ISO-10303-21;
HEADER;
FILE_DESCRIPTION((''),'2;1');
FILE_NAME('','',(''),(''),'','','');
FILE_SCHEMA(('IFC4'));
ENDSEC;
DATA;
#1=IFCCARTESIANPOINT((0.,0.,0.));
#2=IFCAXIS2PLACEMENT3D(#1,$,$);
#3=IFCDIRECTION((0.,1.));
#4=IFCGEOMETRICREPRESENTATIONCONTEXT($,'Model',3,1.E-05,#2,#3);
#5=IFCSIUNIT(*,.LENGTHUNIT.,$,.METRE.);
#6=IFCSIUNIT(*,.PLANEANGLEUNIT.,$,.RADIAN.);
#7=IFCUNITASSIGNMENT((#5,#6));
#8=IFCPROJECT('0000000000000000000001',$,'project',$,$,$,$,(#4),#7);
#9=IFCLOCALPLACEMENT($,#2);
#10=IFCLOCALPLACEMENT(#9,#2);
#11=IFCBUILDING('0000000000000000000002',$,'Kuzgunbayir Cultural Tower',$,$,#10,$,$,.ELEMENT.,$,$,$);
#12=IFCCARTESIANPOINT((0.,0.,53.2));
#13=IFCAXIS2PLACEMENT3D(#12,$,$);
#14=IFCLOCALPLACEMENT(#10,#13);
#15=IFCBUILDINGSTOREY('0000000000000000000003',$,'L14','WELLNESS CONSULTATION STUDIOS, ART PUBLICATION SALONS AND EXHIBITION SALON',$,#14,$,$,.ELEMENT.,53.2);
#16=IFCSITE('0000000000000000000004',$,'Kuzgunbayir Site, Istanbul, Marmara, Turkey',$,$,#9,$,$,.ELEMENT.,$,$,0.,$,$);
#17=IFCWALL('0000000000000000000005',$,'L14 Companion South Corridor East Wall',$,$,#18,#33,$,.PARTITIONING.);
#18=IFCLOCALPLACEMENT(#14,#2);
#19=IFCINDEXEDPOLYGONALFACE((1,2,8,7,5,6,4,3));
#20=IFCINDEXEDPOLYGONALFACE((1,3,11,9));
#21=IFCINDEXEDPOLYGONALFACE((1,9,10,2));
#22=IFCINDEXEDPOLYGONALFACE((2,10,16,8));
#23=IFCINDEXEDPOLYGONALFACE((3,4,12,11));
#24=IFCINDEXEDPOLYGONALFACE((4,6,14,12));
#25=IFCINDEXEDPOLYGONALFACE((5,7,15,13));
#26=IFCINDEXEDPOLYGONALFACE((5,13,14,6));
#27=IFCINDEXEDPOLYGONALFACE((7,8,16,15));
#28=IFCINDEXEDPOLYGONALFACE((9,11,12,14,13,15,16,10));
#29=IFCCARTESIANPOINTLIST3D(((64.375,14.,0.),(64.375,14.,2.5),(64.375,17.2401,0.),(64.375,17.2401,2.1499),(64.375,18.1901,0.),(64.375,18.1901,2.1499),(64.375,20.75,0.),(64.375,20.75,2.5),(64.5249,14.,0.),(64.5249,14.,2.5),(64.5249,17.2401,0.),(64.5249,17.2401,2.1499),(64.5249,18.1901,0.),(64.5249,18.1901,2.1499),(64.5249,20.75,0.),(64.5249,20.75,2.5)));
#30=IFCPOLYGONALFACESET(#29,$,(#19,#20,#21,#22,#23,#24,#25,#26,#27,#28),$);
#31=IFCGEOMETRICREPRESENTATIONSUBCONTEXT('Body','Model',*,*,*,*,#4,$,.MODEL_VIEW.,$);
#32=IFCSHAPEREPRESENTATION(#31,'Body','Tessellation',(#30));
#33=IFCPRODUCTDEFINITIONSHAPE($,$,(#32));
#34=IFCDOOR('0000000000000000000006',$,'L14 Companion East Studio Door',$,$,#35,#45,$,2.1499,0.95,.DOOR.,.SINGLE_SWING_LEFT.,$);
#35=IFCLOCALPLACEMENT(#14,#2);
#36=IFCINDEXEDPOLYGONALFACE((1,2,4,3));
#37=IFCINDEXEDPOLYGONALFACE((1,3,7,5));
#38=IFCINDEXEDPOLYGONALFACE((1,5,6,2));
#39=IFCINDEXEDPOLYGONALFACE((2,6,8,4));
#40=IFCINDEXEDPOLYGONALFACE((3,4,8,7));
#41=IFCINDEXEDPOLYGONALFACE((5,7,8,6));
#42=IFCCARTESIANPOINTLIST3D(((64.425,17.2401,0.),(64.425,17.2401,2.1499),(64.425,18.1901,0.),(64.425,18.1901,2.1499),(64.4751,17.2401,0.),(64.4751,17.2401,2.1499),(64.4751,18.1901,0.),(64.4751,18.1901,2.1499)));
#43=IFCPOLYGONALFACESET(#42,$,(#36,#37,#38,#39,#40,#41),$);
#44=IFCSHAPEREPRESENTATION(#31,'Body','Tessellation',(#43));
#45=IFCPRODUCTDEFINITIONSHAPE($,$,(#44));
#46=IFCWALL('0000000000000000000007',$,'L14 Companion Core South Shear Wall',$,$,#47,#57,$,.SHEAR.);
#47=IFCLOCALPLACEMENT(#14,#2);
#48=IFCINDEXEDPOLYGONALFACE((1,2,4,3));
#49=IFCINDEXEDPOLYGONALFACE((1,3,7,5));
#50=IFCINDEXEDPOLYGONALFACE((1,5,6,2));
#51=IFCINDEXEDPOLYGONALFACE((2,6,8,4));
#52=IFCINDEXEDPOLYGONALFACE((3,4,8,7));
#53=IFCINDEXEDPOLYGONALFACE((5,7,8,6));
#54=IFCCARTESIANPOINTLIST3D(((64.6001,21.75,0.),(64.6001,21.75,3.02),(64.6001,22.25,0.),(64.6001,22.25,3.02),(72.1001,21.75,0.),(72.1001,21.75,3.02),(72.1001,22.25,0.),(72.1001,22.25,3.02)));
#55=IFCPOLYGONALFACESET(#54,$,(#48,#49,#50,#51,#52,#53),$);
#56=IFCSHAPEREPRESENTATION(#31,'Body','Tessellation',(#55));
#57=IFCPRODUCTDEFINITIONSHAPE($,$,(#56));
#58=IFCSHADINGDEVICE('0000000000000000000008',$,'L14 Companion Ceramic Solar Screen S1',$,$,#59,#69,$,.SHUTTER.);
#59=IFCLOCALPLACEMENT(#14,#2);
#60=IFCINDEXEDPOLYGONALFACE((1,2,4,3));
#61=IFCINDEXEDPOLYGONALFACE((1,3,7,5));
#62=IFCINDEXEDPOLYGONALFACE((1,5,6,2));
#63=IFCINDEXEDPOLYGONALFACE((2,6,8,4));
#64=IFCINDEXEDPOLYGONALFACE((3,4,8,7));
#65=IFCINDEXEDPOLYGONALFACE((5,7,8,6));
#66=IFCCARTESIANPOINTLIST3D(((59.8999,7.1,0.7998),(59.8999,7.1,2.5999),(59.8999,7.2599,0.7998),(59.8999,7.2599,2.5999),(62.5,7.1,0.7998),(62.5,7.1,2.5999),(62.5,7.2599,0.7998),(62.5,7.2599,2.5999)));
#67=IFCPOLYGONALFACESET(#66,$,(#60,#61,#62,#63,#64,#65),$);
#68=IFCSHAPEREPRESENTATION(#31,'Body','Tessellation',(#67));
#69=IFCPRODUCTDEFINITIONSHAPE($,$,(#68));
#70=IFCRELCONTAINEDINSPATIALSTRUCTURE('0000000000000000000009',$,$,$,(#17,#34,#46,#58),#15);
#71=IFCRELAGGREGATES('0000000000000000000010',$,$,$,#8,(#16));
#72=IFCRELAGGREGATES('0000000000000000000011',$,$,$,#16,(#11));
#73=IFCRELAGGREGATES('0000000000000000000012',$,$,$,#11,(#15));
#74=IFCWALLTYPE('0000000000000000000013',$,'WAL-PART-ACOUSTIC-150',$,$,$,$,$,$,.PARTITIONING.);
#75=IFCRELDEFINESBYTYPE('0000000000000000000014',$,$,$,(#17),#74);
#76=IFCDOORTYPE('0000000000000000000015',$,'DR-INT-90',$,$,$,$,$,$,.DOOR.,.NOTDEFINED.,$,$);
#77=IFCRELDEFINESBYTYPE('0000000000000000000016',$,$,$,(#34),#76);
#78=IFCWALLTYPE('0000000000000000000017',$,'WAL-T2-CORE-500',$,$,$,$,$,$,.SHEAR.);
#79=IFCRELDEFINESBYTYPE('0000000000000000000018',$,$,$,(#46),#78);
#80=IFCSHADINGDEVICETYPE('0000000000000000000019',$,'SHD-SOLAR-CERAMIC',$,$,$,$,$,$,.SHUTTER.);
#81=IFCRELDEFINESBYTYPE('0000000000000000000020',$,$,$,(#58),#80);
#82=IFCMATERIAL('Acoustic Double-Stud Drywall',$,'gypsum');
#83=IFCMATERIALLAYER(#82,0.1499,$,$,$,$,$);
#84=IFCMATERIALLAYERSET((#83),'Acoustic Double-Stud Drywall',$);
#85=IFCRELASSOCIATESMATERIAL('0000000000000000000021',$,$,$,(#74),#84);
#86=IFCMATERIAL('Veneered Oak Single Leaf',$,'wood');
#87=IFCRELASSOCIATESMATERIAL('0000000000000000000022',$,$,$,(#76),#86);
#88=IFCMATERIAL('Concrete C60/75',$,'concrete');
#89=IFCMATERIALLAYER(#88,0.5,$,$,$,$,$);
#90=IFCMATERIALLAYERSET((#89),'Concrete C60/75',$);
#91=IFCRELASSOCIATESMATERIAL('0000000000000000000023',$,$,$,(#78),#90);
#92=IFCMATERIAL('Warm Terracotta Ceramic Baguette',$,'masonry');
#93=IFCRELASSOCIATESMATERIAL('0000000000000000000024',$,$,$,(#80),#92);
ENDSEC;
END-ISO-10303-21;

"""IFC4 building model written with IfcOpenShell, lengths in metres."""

from ifc_helpers import new_model, si_unit, direction, frame, frame_2d, origin, origin_2d, place, context, subcontext, project, spatial, rectangle, extrude, material, layer, layer_set, type_object, element, fill, save


model = new_model("IFC4")

# Units and contexts
model_context = context("Model", 3, precision=1e-05, world=origin(), true_north=direction((0.0, 1.0)))
body_context = subcontext(model_context, "Body", "Model", "MODEL_VIEW")
ifc_project = project(units=[si_unit("LENGTHUNIT", "METRE"), si_unit("PLANEANGLEUNIT", "RADIAN")], contexts=[model_context])

# Site, building, storey
site_placement = place(None, origin())
site = spatial("IfcSite", under=ifc_project, at=site_placement, Name="Kuzgunbayir Site, Istanbul, Marmara, Turkey", CompositionType="ELEMENT", RefElevation=0.0)
building_placement = place(site_placement, origin())
building = spatial("IfcBuilding", under=site, at=building_placement, Name="Kuzgunbayir Cultural Tower", CompositionType="ELEMENT")
storey_placement = place(building_placement, frame((0.0, 0.0, 53.2)))
storey = spatial("IfcBuildingStorey", under=building, at=storey_placement, Name="L14", Description="WELLNESS CONSULTATION STUDIOS, ART PUBLICATION SALONS AND EXHIBITION SALON", CompositionType="ELEMENT", Elevation=53.2)

# Shared definitions
ifc_material_1 = material(Name="Concrete C60/75", Category="concrete")

# Shared definitions
ifc_material_2 = material(Name="Acoustic Double-Stud Drywall", Category="gypsum")
ifc_layer_1 = layer(ifc_material_2, 0.1499)
ifc_layer_set_1 = layer_set([ifc_layer_1], Name="Acoustic Double-Stud Drywall")
wall_type_1 = type_object("IfcWallType", Name="WAL-PART-ACOUSTIC-150", PredefinedType="PARTITIONING", material=ifc_layer_set_1)
ifc_material_3 = material(Name="Veneered Oak Single Leaf", Category="wood")
door_type_1 = type_object("IfcDoorType", Name="DR-INT-90", OperationType="NOTDEFINED", PredefinedType="DOOR", material=ifc_material_3)

# Wall, opening, door
wall_1_placement = place(storey_placement, frame((64.45, 14.0, 0.0), z_axis=(0.0, 0.0, 1.0), x_axis=(0.0, 1.0, 0.0)))
wall_1 = element("IfcWall", 1, at=wall_1_placement, inside=storey, type_object=wall_type_1, Name="L14 Companion South Corridor East Wall", PredefinedType="PARTITIONING", context=body_context, shape_type="SweptSolid", body=[
    extrude(rectangle(XDim=6.75, YDim=0.1499, at=frame_2d((3.375, 0.0))), origin(), (0.0, 0.0, 1.0), 2.5),
])
opening_1_placement = place(wall_1_placement, frame((3.24, 0.0, 0.0)))
opening_1 = element("IfcOpeningElement", 2, at=opening_1_placement, cuts=wall_1, PredefinedType="OPENING", context=body_context, shape_type="SweptSolid", body=[
    extrude(rectangle(XDim=0.95, YDim=2.1499, at=frame_2d((0.4751, 1.075))), frame((0.0, 0.085, 0.0), z_axis=(0.0, -1.0, 0.0), x_axis=(1.0, 0.0, 0.0)), (0.0, 0.0, 1.0), 0.1699),
])
door_1_placement = place(opening_1_placement, origin())
door_1 = element("IfcDoor", 3, at=door_1_placement, inside=storey, type_object=door_type_1, Name="L14 Companion East Studio Door", OperationType="SINGLE_SWING_LEFT", OverallHeight=2.1499, OverallWidth=0.95, PredefinedType="DOOR", context=body_context, shape_type="SweptSolid", body=[
    extrude(rectangle(XDim=0.95, YDim=2.1499, at=frame_2d((0.4751, 1.075))), frame((0.0, 0.0249, 0.0), z_axis=(0.0, -1.0, 0.0), x_axis=(1.0, 0.0, 0.0)), (0.0, 0.0, 1.0), 0.05),
])
fill(opening_1, door_1)

# Wall
ifc_layer_2 = layer(ifc_material_1, 0.5)
ifc_layer_set_2 = layer_set([ifc_layer_2], Name="Concrete C60/75")
wall_type_2 = type_object("IfcWallType", Name="WAL-T2-CORE-500", PredefinedType="SHEAR", material=ifc_layer_set_2)
wall_2_placement = place(storey_placement, frame((64.6001, 22.0, 0.0), z_axis=(0.0, 0.0, 1.0), x_axis=(1.0, 0.0, 0.0)))
element("IfcWall", 4, at=wall_2_placement, inside=storey, type_object=wall_type_2, Name="L14 Companion Core South Shear Wall", PredefinedType="SHEAR", context=body_context, shape_type="SweptSolid", body=[
    extrude(rectangle(XDim=7.5, YDim=0.5, at=frame_2d((3.75, 0.0))), origin(), (0.0, 0.0, 1.0), 3.02),
])

# Shading device
ifc_material_4 = material(Name="Warm Terracotta Ceramic Baguette", Category="masonry")
shading_device_type = type_object("IfcShadingDeviceType", Name="SHD-SOLAR-CERAMIC", PredefinedType="SHUTTER", material=ifc_material_4)
shading_device_placement = place(storey_placement, frame((61.2, 7.1799, 0.7998), z_axis=(0.0, 0.0, 1.0), x_axis=(1.0, 0.0, 0.0)))
element("IfcShadingDevice", 5, at=shading_device_placement, inside=storey, type_object=shading_device_type, Name="L14 Companion Ceramic Solar Screen S1", PredefinedType="SHUTTER", context=body_context, shape_type="SweptSolid", body=[
    extrude(rectangle(XDim=2.6001, YDim=0.1599, at=origin_2d()), origin(), (0.0, 0.0, 1.0), 1.8),
])

save(model, "model.ifc")
